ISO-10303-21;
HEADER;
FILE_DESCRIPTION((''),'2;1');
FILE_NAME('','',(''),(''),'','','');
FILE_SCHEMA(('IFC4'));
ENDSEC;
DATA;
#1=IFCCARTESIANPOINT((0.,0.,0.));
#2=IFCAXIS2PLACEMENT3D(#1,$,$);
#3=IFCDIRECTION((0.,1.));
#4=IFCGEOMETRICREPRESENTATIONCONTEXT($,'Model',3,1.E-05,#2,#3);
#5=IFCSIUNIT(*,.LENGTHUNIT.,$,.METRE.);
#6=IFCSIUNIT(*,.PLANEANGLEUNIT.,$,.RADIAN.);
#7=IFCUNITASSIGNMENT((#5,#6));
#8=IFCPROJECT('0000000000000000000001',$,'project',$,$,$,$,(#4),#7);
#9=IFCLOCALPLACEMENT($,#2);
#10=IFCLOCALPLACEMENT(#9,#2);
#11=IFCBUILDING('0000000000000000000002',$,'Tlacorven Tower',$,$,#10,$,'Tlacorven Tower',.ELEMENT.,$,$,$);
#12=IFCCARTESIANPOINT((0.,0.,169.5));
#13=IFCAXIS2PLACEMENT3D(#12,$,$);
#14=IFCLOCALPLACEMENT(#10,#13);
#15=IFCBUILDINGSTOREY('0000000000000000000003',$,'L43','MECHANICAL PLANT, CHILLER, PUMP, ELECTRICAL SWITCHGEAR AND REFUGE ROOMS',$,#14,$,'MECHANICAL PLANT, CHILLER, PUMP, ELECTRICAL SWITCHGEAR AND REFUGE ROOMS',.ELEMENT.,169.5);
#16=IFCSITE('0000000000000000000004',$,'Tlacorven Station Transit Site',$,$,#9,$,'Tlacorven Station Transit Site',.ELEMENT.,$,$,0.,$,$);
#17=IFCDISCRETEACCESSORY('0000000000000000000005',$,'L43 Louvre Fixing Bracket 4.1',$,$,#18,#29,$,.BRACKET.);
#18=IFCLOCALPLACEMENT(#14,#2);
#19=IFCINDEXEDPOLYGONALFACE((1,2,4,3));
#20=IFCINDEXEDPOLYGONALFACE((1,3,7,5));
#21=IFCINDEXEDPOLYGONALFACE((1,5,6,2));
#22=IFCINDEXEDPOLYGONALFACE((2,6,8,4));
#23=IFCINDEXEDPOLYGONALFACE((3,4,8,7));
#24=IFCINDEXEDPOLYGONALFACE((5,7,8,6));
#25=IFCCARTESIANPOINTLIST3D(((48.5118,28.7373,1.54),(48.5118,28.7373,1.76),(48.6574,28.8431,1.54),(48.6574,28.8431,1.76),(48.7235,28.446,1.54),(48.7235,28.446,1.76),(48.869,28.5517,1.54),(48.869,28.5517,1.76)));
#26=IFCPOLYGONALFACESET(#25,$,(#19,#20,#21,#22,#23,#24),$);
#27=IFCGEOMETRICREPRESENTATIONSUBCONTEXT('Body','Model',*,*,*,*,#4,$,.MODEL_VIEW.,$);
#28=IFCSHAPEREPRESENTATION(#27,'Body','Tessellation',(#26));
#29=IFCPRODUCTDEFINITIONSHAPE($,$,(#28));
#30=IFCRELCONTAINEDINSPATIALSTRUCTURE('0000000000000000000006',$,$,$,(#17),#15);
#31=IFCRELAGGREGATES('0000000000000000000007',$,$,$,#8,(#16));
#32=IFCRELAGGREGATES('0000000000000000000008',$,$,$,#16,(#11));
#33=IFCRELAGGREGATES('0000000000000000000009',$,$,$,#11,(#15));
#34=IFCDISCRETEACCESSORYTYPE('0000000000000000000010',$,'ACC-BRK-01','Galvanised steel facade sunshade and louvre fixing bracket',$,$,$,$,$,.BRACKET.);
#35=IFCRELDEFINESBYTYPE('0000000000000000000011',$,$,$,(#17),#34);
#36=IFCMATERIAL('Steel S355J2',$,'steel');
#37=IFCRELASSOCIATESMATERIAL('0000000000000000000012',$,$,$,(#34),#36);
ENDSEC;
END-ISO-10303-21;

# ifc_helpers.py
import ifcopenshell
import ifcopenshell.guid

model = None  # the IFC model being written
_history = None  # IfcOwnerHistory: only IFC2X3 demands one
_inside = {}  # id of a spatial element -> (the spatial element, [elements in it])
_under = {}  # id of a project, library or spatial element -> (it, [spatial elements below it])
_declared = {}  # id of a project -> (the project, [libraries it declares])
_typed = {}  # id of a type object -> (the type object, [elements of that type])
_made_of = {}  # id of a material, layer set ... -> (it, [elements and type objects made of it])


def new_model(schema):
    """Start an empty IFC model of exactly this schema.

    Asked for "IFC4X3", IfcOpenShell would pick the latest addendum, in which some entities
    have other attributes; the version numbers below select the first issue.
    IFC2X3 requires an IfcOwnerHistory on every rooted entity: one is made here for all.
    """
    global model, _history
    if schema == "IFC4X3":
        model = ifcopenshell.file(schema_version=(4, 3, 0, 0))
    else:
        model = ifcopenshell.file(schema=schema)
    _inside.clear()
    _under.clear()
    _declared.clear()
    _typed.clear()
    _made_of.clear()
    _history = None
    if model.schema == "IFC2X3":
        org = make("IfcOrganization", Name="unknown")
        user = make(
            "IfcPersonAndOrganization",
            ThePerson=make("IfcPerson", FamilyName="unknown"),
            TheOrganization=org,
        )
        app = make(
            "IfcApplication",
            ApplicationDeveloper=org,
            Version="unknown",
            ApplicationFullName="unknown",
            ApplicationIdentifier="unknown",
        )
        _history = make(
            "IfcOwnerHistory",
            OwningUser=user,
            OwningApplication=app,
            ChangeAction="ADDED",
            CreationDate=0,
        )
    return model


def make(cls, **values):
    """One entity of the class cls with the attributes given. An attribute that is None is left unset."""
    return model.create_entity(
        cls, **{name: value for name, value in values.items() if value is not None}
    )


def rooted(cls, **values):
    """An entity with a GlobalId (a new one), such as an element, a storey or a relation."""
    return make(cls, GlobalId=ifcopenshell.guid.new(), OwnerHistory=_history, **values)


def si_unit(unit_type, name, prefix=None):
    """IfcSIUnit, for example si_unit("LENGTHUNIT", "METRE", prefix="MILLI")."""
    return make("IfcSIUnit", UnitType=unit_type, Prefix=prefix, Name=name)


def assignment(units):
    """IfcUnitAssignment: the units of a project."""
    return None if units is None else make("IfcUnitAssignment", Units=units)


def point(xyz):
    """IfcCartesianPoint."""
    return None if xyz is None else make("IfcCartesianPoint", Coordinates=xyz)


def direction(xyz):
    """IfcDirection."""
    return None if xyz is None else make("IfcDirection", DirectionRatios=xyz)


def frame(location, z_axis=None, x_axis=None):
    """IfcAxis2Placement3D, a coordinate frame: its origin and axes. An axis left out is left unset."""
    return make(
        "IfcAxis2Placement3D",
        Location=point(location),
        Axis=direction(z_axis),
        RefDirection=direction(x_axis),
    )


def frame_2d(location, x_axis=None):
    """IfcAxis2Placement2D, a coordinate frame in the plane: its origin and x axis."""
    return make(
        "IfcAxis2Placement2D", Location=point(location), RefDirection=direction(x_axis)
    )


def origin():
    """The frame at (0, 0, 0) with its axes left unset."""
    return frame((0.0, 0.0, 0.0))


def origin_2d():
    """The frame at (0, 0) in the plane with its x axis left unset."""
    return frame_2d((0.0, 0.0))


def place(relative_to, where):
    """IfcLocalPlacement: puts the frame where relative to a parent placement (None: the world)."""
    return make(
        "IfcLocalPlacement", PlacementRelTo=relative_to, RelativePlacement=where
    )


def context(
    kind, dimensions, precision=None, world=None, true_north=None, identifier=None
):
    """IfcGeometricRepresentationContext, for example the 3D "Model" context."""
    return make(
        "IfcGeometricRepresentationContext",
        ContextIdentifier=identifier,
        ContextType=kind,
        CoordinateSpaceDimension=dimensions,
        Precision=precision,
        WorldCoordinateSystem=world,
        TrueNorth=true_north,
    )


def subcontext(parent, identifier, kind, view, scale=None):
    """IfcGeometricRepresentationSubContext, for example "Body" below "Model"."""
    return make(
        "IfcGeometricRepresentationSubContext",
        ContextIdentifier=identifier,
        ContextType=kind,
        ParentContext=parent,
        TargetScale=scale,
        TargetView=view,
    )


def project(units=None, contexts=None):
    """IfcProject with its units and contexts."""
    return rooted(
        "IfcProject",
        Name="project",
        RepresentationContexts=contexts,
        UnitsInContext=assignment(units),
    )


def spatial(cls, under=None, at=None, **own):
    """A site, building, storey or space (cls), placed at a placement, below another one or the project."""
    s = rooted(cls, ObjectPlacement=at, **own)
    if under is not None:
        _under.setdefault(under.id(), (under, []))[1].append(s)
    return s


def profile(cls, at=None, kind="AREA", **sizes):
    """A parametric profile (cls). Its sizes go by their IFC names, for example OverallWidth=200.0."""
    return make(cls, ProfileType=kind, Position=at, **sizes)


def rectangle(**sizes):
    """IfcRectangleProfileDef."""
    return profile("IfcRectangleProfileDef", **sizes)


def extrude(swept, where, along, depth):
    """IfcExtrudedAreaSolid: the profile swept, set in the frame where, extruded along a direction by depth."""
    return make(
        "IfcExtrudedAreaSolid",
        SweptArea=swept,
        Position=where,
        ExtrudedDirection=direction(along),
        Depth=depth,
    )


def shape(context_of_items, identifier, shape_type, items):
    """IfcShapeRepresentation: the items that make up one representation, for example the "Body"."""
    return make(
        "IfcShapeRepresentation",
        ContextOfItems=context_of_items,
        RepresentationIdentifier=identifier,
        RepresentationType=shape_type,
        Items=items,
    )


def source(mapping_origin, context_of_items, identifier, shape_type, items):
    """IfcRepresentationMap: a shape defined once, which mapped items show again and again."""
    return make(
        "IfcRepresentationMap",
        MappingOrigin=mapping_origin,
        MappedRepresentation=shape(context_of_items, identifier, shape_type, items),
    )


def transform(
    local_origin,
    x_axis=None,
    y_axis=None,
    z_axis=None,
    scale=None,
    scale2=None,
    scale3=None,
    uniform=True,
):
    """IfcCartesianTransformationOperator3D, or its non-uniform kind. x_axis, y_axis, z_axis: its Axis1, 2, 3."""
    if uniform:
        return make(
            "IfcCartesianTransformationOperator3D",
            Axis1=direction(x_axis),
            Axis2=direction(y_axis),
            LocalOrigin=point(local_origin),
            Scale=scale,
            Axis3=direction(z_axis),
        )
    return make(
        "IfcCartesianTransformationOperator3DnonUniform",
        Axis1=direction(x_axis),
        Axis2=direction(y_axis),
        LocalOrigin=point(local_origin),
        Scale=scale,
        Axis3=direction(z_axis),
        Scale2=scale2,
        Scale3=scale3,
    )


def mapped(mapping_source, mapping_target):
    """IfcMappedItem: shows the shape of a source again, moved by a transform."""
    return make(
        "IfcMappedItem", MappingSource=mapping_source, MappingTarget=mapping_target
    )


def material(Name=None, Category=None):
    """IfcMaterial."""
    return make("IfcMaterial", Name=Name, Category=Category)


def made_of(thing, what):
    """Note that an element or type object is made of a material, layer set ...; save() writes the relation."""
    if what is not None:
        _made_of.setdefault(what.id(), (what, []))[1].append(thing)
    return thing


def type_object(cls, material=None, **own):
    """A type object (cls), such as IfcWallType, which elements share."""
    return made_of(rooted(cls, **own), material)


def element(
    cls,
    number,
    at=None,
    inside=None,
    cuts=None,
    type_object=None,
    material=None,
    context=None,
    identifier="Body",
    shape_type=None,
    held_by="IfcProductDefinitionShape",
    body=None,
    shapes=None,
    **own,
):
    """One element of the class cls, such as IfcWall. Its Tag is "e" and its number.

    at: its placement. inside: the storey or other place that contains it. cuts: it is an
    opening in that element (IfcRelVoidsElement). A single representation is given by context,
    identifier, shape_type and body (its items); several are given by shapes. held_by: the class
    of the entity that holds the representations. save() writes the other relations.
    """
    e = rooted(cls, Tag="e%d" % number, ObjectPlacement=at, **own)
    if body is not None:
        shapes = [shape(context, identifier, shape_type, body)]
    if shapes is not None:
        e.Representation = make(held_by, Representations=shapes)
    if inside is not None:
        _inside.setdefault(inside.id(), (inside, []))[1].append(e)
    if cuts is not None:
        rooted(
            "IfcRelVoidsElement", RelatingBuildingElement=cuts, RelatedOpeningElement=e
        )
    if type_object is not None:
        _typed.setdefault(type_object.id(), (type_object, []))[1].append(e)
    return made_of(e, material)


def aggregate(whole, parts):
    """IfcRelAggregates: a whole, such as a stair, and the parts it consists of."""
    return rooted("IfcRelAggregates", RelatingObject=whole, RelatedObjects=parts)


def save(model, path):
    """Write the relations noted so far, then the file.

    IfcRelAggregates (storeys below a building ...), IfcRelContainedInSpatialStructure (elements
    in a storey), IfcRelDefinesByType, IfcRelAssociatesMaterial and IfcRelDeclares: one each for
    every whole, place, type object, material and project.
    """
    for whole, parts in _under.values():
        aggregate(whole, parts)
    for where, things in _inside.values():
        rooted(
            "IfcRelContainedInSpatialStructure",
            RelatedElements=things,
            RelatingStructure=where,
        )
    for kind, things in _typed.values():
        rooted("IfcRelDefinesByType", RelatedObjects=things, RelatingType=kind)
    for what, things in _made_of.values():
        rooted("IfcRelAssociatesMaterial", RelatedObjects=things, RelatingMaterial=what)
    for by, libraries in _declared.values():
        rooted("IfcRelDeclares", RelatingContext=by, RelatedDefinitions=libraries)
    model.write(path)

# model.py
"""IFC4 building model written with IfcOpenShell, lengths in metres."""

from ifc_helpers import new_model, si_unit, direction, frame, origin, origin_2d, place, context, subcontext, project, spatial, rectangle, extrude, source, transform, mapped, material, type_object, element, save


model = new_model("IFC4")

# Units and contexts
model_context = context("Model", 3, precision=1e-05, world=origin(), true_north=direction((0.0, 1.0)))
body_context = subcontext(model_context, "Body", "Model", "MODEL_VIEW")
ifc_project = project(units=[si_unit("LENGTHUNIT", "METRE"), si_unit("PLANEANGLEUNIT", "RADIAN")], contexts=[model_context])

# Site, building, storey
site_placement = place(None, origin())
site = spatial("IfcSite", under=ifc_project, at=site_placement, Name="Tlacorven Station Transit Site", LongName="Tlacorven Station Transit Site", CompositionType="ELEMENT", RefElevation=0.0)
building_placement = place(site_placement, origin())
building = spatial("IfcBuilding", under=site, at=building_placement, Name="Tlacorven Tower", LongName="Tlacorven Tower", CompositionType="ELEMENT")
storey_placement = place(building_placement, frame((0.0, 0.0, 169.5)))
storey = spatial("IfcBuildingStorey", under=building, at=storey_placement, Name="L43", Description="MECHANICAL PLANT, CHILLER, PUMP, ELECTRICAL SWITCHGEAR AND REFUGE ROOMS", LongName="MECHANICAL PLANT, CHILLER, PUMP, ELECTRICAL SWITCHGEAR AND REFUGE ROOMS", CompositionType="ELEMENT", Elevation=169.5)

# Discrete accessory
ifc_material_1 = material(Name="Steel S355J2", Category="steel")
discrete_accessory_type_1 = type_object("IfcDiscreteAccessoryType", Name="ACC-BRK-01", Description="Galvanised steel facade sunshade and louvre fixing bracket", PredefinedType="BRACKET", material=ifc_material_1)
shared_shape_1 = source(origin(), body_context, "Body", "SweptSolid", [
    extrude(rectangle(XDim=0.1799, YDim=0.3601, at=origin_2d()), origin(), (0.0, 0.0, 1.0), 0.22),
])
discrete_accessory_1_placement = place(storey_placement, frame((48.6904, 28.6445, 1.54), z_axis=(0.0, 0.0, 1.0), x_axis=(0.809017, 0.587785, 0.0)))
element("IfcDiscreteAccessory", 1, at=discrete_accessory_1_placement, inside=storey, type_object=discrete_accessory_type_1, Name="L43 Louvre Fixing Bracket 4.1", PredefinedType="BRACKET", context=body_context, shape_type="MappedRepresentation", body=[
    mapped(shared_shape_1, transform((0.0, 0.0, 0.0), scale=1.0)),
])

save(model, "model.ifc")
